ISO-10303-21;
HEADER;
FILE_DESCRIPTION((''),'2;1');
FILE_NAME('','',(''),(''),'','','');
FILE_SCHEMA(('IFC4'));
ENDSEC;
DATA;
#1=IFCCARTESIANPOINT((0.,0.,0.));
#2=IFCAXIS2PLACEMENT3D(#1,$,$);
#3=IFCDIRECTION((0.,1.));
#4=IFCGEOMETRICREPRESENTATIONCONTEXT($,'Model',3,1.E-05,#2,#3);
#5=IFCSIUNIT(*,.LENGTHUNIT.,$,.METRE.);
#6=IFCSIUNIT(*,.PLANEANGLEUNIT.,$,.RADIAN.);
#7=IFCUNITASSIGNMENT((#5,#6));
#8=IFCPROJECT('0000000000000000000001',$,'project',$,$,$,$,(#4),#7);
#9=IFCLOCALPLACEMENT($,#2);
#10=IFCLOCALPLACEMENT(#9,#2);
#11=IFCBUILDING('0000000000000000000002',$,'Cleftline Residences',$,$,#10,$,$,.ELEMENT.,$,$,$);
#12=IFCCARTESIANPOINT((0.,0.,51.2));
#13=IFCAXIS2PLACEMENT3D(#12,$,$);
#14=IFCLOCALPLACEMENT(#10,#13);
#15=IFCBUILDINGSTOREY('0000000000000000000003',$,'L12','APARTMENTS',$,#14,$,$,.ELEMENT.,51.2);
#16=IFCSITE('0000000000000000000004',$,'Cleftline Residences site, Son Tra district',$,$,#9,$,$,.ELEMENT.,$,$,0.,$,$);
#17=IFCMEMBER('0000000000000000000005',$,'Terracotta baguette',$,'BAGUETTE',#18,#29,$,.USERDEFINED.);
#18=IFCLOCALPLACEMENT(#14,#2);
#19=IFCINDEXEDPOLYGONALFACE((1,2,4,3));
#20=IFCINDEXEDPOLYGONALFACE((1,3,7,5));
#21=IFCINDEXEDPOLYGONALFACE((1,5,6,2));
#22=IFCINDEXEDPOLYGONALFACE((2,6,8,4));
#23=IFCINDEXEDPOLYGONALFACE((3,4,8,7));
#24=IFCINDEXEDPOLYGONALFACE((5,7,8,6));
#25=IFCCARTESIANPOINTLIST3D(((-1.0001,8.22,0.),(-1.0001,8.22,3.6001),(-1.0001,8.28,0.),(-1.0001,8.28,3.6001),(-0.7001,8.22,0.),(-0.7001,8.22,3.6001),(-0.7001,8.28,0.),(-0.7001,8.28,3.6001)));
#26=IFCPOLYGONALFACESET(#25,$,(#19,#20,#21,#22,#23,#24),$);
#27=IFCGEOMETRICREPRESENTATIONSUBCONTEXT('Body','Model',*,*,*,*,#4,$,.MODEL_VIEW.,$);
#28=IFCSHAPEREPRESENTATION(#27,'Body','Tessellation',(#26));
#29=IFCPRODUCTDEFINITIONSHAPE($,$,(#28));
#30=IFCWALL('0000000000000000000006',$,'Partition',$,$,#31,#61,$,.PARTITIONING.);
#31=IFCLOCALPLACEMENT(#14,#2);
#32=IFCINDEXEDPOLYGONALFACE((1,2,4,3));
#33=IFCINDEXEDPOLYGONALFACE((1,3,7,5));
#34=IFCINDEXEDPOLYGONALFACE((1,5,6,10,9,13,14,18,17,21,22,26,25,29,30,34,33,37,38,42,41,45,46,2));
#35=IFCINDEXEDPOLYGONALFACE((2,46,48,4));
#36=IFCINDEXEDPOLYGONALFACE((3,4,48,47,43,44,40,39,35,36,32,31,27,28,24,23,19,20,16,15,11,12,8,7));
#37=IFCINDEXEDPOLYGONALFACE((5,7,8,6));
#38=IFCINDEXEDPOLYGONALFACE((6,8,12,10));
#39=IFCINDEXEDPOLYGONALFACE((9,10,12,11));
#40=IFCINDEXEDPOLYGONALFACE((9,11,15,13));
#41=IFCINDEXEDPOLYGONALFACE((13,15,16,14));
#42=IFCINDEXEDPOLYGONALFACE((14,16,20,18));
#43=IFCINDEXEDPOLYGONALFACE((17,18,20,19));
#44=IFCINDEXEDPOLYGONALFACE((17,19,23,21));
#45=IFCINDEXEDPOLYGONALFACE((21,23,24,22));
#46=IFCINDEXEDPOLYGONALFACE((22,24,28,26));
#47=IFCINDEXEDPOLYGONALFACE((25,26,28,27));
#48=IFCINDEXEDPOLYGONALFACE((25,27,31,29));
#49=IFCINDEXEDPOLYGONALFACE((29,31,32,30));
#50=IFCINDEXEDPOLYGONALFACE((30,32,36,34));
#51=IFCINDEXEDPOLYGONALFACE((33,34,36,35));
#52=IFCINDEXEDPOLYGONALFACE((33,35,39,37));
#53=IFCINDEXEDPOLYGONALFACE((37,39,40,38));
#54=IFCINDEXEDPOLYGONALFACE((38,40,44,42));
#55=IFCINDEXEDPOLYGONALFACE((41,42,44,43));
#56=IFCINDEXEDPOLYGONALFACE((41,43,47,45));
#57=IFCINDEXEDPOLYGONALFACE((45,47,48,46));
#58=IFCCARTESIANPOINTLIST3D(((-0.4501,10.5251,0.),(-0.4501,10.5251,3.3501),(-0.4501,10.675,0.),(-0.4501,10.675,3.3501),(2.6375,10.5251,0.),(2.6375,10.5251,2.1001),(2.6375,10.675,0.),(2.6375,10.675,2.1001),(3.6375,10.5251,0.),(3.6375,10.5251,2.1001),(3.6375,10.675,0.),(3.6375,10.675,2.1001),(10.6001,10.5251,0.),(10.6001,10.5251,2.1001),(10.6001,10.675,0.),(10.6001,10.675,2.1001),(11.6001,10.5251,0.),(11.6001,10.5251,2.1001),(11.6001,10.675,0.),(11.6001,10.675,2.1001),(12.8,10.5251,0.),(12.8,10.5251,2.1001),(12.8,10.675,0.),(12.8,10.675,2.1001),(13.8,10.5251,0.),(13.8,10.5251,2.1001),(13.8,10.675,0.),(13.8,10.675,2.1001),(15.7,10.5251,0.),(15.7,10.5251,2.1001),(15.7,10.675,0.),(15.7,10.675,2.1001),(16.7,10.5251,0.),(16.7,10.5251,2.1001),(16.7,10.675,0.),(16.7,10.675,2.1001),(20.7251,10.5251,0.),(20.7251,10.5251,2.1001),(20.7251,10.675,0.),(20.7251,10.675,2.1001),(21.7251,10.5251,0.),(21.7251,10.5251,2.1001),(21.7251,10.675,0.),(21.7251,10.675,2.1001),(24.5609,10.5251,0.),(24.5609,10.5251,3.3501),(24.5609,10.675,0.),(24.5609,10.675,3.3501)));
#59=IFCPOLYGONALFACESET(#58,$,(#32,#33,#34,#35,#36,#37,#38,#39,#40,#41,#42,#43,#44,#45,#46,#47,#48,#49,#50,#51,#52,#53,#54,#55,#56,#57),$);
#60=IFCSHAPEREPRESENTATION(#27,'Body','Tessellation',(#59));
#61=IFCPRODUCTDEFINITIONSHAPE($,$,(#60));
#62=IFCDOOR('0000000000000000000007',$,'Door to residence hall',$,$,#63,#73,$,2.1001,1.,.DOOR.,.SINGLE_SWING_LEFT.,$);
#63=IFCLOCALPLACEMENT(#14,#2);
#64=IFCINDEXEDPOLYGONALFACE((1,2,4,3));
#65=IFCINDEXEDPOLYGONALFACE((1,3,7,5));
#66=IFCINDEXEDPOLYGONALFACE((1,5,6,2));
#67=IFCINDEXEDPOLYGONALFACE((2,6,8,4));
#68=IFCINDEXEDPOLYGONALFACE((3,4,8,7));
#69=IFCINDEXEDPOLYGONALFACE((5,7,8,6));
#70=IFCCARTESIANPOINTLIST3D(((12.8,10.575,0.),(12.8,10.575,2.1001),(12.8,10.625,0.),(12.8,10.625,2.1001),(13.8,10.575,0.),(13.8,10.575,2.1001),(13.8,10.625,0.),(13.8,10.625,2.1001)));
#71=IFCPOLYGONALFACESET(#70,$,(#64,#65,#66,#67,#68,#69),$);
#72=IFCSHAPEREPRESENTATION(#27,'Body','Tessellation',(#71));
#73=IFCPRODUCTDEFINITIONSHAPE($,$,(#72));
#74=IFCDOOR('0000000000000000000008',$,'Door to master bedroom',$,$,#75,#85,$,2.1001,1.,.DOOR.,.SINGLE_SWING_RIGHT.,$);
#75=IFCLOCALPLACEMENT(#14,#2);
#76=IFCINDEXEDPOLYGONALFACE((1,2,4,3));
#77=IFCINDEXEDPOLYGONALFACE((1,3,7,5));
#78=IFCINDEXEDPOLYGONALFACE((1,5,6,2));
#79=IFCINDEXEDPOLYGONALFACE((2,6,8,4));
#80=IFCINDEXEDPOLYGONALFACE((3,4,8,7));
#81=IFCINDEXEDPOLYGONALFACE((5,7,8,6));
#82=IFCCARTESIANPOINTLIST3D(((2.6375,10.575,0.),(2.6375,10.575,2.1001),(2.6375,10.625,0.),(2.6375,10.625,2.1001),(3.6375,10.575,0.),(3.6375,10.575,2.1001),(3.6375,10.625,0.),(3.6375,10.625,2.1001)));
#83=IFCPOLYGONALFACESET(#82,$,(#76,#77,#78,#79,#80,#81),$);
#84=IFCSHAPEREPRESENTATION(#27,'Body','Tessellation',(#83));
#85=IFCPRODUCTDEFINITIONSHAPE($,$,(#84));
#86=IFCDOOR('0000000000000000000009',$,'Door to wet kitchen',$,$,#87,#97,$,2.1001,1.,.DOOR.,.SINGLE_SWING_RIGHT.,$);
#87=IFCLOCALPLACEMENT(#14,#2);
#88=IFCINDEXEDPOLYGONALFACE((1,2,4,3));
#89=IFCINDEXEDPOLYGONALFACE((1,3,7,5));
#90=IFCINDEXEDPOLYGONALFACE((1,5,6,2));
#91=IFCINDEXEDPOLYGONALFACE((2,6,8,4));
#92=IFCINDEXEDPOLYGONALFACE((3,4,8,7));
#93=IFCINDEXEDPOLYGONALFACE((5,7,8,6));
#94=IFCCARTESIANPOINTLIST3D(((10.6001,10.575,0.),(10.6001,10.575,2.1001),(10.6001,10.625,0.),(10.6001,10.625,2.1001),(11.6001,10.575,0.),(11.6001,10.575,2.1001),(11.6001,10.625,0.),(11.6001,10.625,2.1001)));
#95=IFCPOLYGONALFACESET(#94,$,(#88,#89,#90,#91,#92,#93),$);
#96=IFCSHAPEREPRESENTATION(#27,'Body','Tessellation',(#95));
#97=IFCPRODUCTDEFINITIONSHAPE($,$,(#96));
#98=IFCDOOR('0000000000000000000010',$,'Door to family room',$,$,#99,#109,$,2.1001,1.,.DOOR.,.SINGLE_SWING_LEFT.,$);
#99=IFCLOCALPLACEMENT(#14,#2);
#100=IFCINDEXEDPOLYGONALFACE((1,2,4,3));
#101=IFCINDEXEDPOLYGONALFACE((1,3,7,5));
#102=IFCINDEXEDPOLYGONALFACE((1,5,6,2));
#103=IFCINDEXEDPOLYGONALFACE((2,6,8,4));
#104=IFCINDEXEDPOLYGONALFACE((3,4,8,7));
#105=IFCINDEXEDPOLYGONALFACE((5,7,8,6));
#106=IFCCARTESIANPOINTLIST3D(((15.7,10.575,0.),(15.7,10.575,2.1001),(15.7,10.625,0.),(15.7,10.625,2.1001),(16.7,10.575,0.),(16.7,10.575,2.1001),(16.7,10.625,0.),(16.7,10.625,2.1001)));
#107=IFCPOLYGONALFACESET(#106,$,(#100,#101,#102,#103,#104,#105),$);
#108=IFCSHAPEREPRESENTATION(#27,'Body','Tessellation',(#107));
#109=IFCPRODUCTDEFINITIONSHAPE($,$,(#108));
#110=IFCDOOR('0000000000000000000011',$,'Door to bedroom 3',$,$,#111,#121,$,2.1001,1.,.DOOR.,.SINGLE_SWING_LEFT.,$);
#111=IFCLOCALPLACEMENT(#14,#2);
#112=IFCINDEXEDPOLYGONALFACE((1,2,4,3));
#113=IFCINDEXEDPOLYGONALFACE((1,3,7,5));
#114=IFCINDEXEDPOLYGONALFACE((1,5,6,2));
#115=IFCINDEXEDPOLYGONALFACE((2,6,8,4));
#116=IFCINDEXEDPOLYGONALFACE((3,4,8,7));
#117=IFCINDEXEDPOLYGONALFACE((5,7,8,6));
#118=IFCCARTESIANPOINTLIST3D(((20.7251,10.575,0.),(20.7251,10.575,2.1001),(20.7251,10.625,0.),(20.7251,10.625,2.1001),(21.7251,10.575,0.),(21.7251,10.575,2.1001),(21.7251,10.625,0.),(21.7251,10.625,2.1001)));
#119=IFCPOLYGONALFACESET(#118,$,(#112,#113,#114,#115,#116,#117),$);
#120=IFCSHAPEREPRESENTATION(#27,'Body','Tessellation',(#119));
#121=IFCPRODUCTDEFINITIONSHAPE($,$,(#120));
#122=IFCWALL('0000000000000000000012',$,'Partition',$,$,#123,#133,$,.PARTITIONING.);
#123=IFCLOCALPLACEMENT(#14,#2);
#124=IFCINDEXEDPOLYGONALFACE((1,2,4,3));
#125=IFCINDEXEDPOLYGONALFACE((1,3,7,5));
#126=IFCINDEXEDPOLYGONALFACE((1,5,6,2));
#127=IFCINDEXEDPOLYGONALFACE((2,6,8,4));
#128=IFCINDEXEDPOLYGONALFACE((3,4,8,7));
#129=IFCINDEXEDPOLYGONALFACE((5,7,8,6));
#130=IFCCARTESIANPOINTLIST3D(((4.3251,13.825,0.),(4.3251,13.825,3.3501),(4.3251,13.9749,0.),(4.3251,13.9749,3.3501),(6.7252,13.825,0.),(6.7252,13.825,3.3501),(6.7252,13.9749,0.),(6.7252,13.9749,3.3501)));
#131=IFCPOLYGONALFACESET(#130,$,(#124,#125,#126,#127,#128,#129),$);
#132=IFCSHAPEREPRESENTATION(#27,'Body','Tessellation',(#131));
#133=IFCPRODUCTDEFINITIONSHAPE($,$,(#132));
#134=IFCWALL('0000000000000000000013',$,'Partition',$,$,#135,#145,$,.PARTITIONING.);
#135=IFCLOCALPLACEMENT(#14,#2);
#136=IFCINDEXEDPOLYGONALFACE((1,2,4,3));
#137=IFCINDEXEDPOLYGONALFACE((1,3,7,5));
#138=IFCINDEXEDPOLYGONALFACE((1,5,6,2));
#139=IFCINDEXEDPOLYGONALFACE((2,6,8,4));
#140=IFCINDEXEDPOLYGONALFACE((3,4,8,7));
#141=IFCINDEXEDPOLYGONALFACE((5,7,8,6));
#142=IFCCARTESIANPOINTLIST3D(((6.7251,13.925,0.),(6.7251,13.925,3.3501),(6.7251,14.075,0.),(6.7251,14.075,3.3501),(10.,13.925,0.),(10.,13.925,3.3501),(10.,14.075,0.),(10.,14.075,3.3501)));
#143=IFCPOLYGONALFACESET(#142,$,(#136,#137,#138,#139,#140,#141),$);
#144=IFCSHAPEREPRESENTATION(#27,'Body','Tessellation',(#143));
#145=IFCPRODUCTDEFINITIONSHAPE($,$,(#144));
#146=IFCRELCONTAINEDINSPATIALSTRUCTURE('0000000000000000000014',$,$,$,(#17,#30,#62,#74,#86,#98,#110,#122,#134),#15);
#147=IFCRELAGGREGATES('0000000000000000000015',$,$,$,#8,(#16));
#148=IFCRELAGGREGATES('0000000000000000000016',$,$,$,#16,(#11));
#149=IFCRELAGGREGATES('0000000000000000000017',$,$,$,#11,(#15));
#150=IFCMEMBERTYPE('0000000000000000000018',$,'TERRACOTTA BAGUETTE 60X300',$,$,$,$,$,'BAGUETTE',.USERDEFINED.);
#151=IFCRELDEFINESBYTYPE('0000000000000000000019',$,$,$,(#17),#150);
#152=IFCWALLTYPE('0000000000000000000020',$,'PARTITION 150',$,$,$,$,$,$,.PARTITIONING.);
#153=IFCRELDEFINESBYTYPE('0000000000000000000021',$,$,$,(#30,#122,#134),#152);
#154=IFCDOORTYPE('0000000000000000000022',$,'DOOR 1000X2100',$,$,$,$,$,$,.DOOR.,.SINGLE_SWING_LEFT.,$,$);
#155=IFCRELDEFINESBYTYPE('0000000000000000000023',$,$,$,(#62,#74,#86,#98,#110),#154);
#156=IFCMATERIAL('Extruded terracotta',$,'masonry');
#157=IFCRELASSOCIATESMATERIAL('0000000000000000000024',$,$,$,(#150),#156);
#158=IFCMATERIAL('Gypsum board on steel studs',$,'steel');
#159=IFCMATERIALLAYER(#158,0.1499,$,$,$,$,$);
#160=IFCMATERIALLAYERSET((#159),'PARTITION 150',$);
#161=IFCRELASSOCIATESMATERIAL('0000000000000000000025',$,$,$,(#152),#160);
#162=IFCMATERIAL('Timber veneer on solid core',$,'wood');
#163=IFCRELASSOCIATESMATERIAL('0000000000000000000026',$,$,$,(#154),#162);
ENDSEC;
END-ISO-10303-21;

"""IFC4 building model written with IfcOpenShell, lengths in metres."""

from ifc_helpers import new_model, si_unit, direction, frame, frame_2d, origin, origin_2d, place, context, subcontext, project, spatial, rectangle, extrude, material, layer, layer_set, material_profile, profile_set, type_object, element, fill, save


model = new_model("IFC4")

# Units and contexts
model_context = context("Model", 3, precision=1e-05, world=origin(), true_north=direction((0.0, 1.0)))
body_context = subcontext(model_context, "Body", "Model", "MODEL_VIEW")
ifc_project = project(units=[si_unit("LENGTHUNIT", "METRE"), si_unit("PLANEANGLEUNIT", "RADIAN")], contexts=[model_context])

# Site, building, storey
site_placement = place(None, origin())
site = spatial("IfcSite", under=ifc_project, at=site_placement, Name="Cleftline Residences site, Son Tra district", CompositionType="ELEMENT", RefElevation=0.0)
building_placement = place(site_placement, origin())
building = spatial("IfcBuilding", under=site, at=building_placement, Name="Cleftline Residences", CompositionType="ELEMENT")
storey_placement = place(building_placement, frame((0.0, 0.0, 51.2)))
storey = spatial("IfcBuildingStorey", under=building, at=storey_placement, Name="L12", Description="APARTMENTS", CompositionType="ELEMENT", Elevation=51.2)

# Member
ifc_material_1 = material(Name="Extruded terracotta", Category="masonry")
ifc_material_profile_1 = material_profile(ifc_material_1, rectangle(XDim=0.0601, YDim=0.3, at=origin_2d()))
ifc_profile_set_1 = profile_set([ifc_material_profile_1], Name="Extruded terracotta")
member_type_1 = type_object("IfcMemberType", Name="TERRACOTTA BAGUETTE 60X300", ElementType="BAGUETTE", PredefinedType="USERDEFINED", material=ifc_profile_set_1)
for number, where, z_axis, x_axis, name in (
    (1, (-0.8501, 8.25, 0.0), (0.0, 0.0, 1.0), (0.0, 1.0, 0.0), "Terracotta baguette"),
):
    element("IfcMember", number, at=place(storey_placement, frame(where, z_axis=z_axis, x_axis=x_axis)), inside=storey, type_object=member_type_1, Name=name, ObjectType="BAGUETTE", PredefinedType="USERDEFINED", context=body_context, shape_type="SweptSolid", body=[
        extrude(rectangle(XDim=0.0601, YDim=0.3, at=origin_2d()), origin(), (0.0, 0.0, 1.0), 3.6001),
    ])

# Wall, openings, doors
ifc_material_2 = material(Name="Gypsum board on steel studs", Category="steel")
ifc_layer = layer(ifc_material_2, 0.1499)
ifc_layer_set = layer_set([ifc_layer], Name="PARTITION 150")
wall_type = type_object("IfcWallType", Name="PARTITION 150", PredefinedType="PARTITIONING", material=ifc_layer_set)
wall_1_placement = place(storey_placement, frame((-0.45, 10.6001, 0.0), z_axis=(0.0, 0.0, 1.0), x_axis=(1.0, 0.0, 0.0)))
wall_1 = element("IfcWall", 2, at=wall_1_placement, inside=storey, type_object=wall_type, Name="Partition", PredefinedType="PARTITIONING", context=body_context, shape_type="SweptSolid", body=[
    extrude(rectangle(XDim=25.011, YDim=0.1499, at=frame_2d((12.5054, 0.0))), origin(), (0.0, 0.0, 1.0), 3.3501),
])
opening_1_placement = place(wall_1_placement, frame((13.25, 0.0, 0.0)))
opening_1 = element("IfcOpeningElement", 3, at=opening_1_placement, cuts=wall_1, PredefinedType="OPENING", context=body_context, shape_type="SweptSolid", body=[
    extrude(rectangle(XDim=1.0, YDim=2.1001, at=frame_2d((0.5, 1.05))), frame((0.0, 0.085, 0.0), z_axis=(0.0, -1.0, 0.0), x_axis=(1.0, 0.0, 0.0)), (0.0, 0.0, 1.0), 0.1699),
])
opening_2_placement = place(wall_1_placement, frame((3.0874, 0.0, 0.0)))
opening_2 = element("IfcOpeningElement", 4, at=opening_2_placement, cuts=wall_1, PredefinedType="OPENING", context=body_context, shape_type="SweptSolid", body=[
    extrude(rectangle(XDim=1.0, YDim=2.1001, at=frame_2d((0.5, 1.05))), frame((0.0, 0.085, 0.0), z_axis=(0.0, -1.0, 0.0), x_axis=(1.0, 0.0, 0.0)), (0.0, 0.0, 1.0), 0.1699),
])
opening_3_placement = place(wall_1_placement, frame((11.05, 0.0, 0.0)))
opening_3 = element("IfcOpeningElement", 5, at=opening_3_placement, cuts=wall_1, PredefinedType="OPENING", context=body_context, shape_type="SweptSolid", body=[
    extrude(rectangle(XDim=1.0, YDim=2.1001, at=frame_2d((0.5, 1.05))), frame((0.0, 0.085, 0.0), z_axis=(0.0, -1.0, 0.0), x_axis=(1.0, 0.0, 0.0)), (0.0, 0.0, 1.0), 0.1699),
])
opening_4_placement = place(wall_1_placement, frame((16.1499, 0.0, 0.0)))
opening_4 = element("IfcOpeningElement", 6, at=opening_4_placement, cuts=wall_1, PredefinedType="OPENING", context=body_context, shape_type="SweptSolid", body=[
    extrude(rectangle(XDim=1.0, YDim=2.1001, at=frame_2d((0.5, 1.05))), frame((0.0, 0.085, 0.0), z_axis=(0.0, -1.0, 0.0), x_axis=(1.0, 0.0, 0.0)), (0.0, 0.0, 1.0), 0.1699),
])
opening_5_placement = place(wall_1_placement, frame((21.175, 0.0, 0.0)))
opening_5 = element("IfcOpeningElement", 7, at=opening_5_placement, cuts=wall_1, PredefinedType="OPENING", context=body_context, shape_type="SweptSolid", body=[
    extrude(rectangle(XDim=1.0, YDim=2.1001, at=frame_2d((0.5, 1.05))), frame((0.0, 0.085, 0.0), z_axis=(0.0, -1.0, 0.0), x_axis=(1.0, 0.0, 0.0)), (0.0, 0.0, 1.0), 0.1699),
])
ifc_material_3 = material(Name="Timber veneer on solid core", Category="wood")
door_type_1 = type_object("IfcDoorType", Name="DOOR 1000X2100", OperationType="SINGLE_SWING_LEFT", PredefinedType="DOOR", material=ifc_material_3)
door_1_placement = place(opening_1_placement, origin())
door_1 = element("IfcDoor", 8, at=door_1_placement, inside=storey, type_object=door_type_1, Name="Door to residence hall", OperationType="SINGLE_SWING_LEFT", OverallHeight=2.1001, OverallWidth=1.0, PredefinedType="DOOR", context=body_context, shape_type="SweptSolid", body=[
    extrude(rectangle(XDim=1.0, YDim=2.1001, at=frame_2d((0.5, 1.05))), frame((0.0, 0.0249, 0.0), z_axis=(0.0, -1.0, 0.0), x_axis=(1.0, 0.0, 0.0)), (0.0, 0.0, 1.0), 0.05),
])
fill(opening_1, door_1)
door_2_placement = place(opening_2_placement, origin())
door_2 = element("IfcDoor", 9, at=door_2_placement, inside=storey, type_object=door_type_1, Name="Door to master bedroom", OperationType="SINGLE_SWING_RIGHT", OverallHeight=2.1001, OverallWidth=1.0, PredefinedType="DOOR", context=body_context, shape_type="SweptSolid", body=[
    extrude(rectangle(XDim=1.0, YDim=2.1001, at=frame_2d((0.5, 1.05))), frame((0.0, 0.0249, 0.0), z_axis=(0.0, -1.0, 0.0), x_axis=(1.0, 0.0, 0.0)), (0.0, 0.0, 1.0), 0.05),
])
fill(opening_2, door_2)
door_3_placement = place(opening_3_placement, origin())
door_3 = element("IfcDoor", 10, at=door_3_placement, inside=storey, type_object=door_type_1, Name="Door to wet kitchen", OperationType="SINGLE_SWING_RIGHT", OverallHeight=2.1001, OverallWidth=1.0, PredefinedType="DOOR", context=body_context, shape_type="SweptSolid", body=[
    extrude(rectangle(XDim=1.0, YDim=2.1001, at=frame_2d((0.5, 1.05))), frame((0.0, 0.0249, 0.0), z_axis=(0.0, -1.0, 0.0), x_axis=(1.0, 0.0, 0.0)), (0.0, 0.0, 1.0), 0.05),
])
fill(opening_3, door_3)
door_4_placement = place(opening_4_placement, origin())
door_4 = element("IfcDoor", 11, at=door_4_placement, inside=storey, type_object=door_type_1, Name="Door to family room", OperationType="SINGLE_SWING_LEFT", OverallHeight=2.1001, OverallWidth=1.0, PredefinedType="DOOR", context=body_context, shape_type="SweptSolid", body=[
    extrude(rectangle(XDim=1.0, YDim=2.1001, at=frame_2d((0.5, 1.05))), frame((0.0, 0.0249, 0.0), z_axis=(0.0, -1.0, 0.0), x_axis=(1.0, 0.0, 0.0)), (0.0, 0.0, 1.0), 0.05),
])
fill(opening_4, door_4)
door_5_placement = place(opening_5_placement, origin())
door_5 = element("IfcDoor", 12, at=door_5_placement, inside=storey, type_object=door_type_1, Name="Door to bedroom 3", OperationType="SINGLE_SWING_LEFT", OverallHeight=2.1001, OverallWidth=1.0, PredefinedType="DOOR", context=body_context, shape_type="SweptSolid", body=[
    extrude(rectangle(XDim=1.0, YDim=2.1001, at=frame_2d((0.5, 1.05))), frame((0.0, 0.0249, 0.0), z_axis=(0.0, -1.0, 0.0), x_axis=(1.0, 0.0, 0.0)), (0.0, 0.0, 1.0), 0.05),
])
fill(opening_5, door_5)

# Walls
wall_2_placement = place(storey_placement, frame((4.325, 13.8999, 0.0), z_axis=(0.0, 0.0, 1.0), x_axis=(1.0, 0.0, 0.0)))
element("IfcWall", 13, at=wall_2_placement, inside=storey, type_object=wall_type, Name="Partition", PredefinedType="PARTITIONING", context=body_context, shape_type="SweptSolid", body=[
    extrude(rectangle(XDim=2.4001, YDim=0.1499, at=frame_2d((1.2002, 0.0))), origin(), (0.0, 0.0, 1.0), 3.3501),
])
wall_3_placement = place(storey_placement, frame((6.7251, 14.0, 0.0), z_axis=(0.0, 0.0, 1.0), x_axis=(1.0, 0.0, 0.0)))
element("IfcWall", 14, at=wall_3_placement, inside=storey, type_object=wall_type, Name="Partition", PredefinedType="PARTITIONING", context=body_context, shape_type="SweptSolid", body=[
    extrude(rectangle(XDim=3.2749, YDim=0.1499, at=frame_2d((1.6375, 0.0))), origin(), (0.0, 0.0, 1.0), 3.3501),
])

save(model, "model.ifc")
